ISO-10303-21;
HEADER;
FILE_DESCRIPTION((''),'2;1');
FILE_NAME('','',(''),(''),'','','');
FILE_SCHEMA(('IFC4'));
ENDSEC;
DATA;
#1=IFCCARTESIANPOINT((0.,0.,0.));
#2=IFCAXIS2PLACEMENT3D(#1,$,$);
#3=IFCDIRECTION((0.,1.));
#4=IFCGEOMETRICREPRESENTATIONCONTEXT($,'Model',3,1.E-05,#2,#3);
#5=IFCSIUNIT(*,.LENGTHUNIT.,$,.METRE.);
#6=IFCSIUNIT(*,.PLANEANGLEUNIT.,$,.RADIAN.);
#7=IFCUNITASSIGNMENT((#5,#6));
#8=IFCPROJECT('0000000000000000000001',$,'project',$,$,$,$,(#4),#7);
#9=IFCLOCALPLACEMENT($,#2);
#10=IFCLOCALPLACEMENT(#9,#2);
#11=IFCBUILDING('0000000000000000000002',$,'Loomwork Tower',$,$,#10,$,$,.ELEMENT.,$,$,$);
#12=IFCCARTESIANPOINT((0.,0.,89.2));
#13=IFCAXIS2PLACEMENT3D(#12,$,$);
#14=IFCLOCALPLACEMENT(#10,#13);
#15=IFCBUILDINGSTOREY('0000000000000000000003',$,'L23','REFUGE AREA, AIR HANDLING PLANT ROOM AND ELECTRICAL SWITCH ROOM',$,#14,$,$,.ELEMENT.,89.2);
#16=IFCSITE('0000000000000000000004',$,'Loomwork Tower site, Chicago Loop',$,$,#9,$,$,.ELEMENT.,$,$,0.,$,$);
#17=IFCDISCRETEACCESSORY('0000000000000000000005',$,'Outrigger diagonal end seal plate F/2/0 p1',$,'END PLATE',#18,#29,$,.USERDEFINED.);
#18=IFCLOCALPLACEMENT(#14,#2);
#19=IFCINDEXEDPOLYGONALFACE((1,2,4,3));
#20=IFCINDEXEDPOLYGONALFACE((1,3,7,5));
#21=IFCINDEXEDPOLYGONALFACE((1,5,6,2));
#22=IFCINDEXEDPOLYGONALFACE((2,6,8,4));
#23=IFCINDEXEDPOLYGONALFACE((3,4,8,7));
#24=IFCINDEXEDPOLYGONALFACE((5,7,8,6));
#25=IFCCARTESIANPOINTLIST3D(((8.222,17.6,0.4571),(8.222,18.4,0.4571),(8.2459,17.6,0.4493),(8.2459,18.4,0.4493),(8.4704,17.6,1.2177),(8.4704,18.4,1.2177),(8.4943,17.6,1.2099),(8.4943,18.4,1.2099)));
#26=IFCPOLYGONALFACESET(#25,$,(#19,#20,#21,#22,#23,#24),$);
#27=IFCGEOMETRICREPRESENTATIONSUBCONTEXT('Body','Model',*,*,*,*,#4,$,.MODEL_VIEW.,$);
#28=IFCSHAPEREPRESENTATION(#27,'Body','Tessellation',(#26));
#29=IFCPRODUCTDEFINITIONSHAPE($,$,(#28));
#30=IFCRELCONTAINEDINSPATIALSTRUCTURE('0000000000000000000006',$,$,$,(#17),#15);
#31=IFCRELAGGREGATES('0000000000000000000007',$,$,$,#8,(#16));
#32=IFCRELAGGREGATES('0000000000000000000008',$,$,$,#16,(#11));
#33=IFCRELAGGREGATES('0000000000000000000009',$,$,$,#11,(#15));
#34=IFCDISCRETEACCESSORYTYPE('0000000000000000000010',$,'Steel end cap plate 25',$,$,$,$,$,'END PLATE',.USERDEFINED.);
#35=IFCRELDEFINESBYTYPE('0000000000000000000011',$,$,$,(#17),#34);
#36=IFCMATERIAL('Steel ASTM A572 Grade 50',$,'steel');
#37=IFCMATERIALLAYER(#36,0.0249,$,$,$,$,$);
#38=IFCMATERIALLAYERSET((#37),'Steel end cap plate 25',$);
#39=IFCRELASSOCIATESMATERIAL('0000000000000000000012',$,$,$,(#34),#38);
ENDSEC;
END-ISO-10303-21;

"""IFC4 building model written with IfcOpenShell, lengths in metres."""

from ifc_helpers import new_model, si_unit, direction, frame, origin, origin_2d, place, context, subcontext, project, spatial, rectangle, extrude, material, layer, layer_set, type_object, element, save


model = new_model("IFC4")

# Units and contexts
model_context = context("Model", 3, precision=1e-05, world=origin(), true_north=direction((0.0, 1.0)))
body_context = subcontext(model_context, "Body", "Model", "MODEL_VIEW")
ifc_project = project(units=[si_unit("LENGTHUNIT", "METRE"), si_unit("PLANEANGLEUNIT", "RADIAN")], contexts=[model_context])

# Site, building, storey
site_placement = place(None, origin())
site = spatial("IfcSite", under=ifc_project, at=site_placement, Name="Loomwork Tower site, Chicago Loop", CompositionType="ELEMENT", RefElevation=0.0)
building_placement = place(site_placement, origin())
building = spatial("IfcBuilding", under=site, at=building_placement, Name="Loomwork Tower", CompositionType="ELEMENT")
storey_placement = place(building_placement, frame((0.0, 0.0, 89.2)))
storey = spatial("IfcBuildingStorey", under=building, at=storey_placement, Name="L23", Description="REFUGE AREA, AIR HANDLING PLANT ROOM AND ELECTRICAL SWITCH ROOM", CompositionType="ELEMENT", Elevation=89.2)

# Discrete accessory
ifc_material_1 = material(Name="Steel ASTM A572 Grade 50", Category="steel")
ifc_layer_1 = layer(ifc_material_1, 0.0249)
ifc_layer_set_1 = layer_set([ifc_layer_1], Name="Steel end cap plate 25")
discrete_accessory_type = type_object("IfcDiscreteAccessoryType", Name="Steel end cap plate 25", ElementType="END PLATE", PredefinedType="USERDEFINED", material=ifc_layer_set_1)
discrete_accessory_placement = place(storey_placement, frame((8.3462, 18.0, 0.8374), z_axis=(0.950605, 0.0, -0.310402), x_axis=(0.0, 1.0, 0.0)))
element("IfcDiscreteAccessory", 1, at=discrete_accessory_placement, inside=storey, type_object=discrete_accessory_type, Name="Outrigger diagonal end seal plate F/2/0 p1", ObjectType="END PLATE", PredefinedType="USERDEFINED", context=body_context, shape_type="SweptSolid", body=[
    extrude(rectangle(XDim=0.8, YDim=0.8, at=origin_2d()), origin(), (0.0, 0.0, 1.0), 0.0251),
])

save(model, "model.ifc")
